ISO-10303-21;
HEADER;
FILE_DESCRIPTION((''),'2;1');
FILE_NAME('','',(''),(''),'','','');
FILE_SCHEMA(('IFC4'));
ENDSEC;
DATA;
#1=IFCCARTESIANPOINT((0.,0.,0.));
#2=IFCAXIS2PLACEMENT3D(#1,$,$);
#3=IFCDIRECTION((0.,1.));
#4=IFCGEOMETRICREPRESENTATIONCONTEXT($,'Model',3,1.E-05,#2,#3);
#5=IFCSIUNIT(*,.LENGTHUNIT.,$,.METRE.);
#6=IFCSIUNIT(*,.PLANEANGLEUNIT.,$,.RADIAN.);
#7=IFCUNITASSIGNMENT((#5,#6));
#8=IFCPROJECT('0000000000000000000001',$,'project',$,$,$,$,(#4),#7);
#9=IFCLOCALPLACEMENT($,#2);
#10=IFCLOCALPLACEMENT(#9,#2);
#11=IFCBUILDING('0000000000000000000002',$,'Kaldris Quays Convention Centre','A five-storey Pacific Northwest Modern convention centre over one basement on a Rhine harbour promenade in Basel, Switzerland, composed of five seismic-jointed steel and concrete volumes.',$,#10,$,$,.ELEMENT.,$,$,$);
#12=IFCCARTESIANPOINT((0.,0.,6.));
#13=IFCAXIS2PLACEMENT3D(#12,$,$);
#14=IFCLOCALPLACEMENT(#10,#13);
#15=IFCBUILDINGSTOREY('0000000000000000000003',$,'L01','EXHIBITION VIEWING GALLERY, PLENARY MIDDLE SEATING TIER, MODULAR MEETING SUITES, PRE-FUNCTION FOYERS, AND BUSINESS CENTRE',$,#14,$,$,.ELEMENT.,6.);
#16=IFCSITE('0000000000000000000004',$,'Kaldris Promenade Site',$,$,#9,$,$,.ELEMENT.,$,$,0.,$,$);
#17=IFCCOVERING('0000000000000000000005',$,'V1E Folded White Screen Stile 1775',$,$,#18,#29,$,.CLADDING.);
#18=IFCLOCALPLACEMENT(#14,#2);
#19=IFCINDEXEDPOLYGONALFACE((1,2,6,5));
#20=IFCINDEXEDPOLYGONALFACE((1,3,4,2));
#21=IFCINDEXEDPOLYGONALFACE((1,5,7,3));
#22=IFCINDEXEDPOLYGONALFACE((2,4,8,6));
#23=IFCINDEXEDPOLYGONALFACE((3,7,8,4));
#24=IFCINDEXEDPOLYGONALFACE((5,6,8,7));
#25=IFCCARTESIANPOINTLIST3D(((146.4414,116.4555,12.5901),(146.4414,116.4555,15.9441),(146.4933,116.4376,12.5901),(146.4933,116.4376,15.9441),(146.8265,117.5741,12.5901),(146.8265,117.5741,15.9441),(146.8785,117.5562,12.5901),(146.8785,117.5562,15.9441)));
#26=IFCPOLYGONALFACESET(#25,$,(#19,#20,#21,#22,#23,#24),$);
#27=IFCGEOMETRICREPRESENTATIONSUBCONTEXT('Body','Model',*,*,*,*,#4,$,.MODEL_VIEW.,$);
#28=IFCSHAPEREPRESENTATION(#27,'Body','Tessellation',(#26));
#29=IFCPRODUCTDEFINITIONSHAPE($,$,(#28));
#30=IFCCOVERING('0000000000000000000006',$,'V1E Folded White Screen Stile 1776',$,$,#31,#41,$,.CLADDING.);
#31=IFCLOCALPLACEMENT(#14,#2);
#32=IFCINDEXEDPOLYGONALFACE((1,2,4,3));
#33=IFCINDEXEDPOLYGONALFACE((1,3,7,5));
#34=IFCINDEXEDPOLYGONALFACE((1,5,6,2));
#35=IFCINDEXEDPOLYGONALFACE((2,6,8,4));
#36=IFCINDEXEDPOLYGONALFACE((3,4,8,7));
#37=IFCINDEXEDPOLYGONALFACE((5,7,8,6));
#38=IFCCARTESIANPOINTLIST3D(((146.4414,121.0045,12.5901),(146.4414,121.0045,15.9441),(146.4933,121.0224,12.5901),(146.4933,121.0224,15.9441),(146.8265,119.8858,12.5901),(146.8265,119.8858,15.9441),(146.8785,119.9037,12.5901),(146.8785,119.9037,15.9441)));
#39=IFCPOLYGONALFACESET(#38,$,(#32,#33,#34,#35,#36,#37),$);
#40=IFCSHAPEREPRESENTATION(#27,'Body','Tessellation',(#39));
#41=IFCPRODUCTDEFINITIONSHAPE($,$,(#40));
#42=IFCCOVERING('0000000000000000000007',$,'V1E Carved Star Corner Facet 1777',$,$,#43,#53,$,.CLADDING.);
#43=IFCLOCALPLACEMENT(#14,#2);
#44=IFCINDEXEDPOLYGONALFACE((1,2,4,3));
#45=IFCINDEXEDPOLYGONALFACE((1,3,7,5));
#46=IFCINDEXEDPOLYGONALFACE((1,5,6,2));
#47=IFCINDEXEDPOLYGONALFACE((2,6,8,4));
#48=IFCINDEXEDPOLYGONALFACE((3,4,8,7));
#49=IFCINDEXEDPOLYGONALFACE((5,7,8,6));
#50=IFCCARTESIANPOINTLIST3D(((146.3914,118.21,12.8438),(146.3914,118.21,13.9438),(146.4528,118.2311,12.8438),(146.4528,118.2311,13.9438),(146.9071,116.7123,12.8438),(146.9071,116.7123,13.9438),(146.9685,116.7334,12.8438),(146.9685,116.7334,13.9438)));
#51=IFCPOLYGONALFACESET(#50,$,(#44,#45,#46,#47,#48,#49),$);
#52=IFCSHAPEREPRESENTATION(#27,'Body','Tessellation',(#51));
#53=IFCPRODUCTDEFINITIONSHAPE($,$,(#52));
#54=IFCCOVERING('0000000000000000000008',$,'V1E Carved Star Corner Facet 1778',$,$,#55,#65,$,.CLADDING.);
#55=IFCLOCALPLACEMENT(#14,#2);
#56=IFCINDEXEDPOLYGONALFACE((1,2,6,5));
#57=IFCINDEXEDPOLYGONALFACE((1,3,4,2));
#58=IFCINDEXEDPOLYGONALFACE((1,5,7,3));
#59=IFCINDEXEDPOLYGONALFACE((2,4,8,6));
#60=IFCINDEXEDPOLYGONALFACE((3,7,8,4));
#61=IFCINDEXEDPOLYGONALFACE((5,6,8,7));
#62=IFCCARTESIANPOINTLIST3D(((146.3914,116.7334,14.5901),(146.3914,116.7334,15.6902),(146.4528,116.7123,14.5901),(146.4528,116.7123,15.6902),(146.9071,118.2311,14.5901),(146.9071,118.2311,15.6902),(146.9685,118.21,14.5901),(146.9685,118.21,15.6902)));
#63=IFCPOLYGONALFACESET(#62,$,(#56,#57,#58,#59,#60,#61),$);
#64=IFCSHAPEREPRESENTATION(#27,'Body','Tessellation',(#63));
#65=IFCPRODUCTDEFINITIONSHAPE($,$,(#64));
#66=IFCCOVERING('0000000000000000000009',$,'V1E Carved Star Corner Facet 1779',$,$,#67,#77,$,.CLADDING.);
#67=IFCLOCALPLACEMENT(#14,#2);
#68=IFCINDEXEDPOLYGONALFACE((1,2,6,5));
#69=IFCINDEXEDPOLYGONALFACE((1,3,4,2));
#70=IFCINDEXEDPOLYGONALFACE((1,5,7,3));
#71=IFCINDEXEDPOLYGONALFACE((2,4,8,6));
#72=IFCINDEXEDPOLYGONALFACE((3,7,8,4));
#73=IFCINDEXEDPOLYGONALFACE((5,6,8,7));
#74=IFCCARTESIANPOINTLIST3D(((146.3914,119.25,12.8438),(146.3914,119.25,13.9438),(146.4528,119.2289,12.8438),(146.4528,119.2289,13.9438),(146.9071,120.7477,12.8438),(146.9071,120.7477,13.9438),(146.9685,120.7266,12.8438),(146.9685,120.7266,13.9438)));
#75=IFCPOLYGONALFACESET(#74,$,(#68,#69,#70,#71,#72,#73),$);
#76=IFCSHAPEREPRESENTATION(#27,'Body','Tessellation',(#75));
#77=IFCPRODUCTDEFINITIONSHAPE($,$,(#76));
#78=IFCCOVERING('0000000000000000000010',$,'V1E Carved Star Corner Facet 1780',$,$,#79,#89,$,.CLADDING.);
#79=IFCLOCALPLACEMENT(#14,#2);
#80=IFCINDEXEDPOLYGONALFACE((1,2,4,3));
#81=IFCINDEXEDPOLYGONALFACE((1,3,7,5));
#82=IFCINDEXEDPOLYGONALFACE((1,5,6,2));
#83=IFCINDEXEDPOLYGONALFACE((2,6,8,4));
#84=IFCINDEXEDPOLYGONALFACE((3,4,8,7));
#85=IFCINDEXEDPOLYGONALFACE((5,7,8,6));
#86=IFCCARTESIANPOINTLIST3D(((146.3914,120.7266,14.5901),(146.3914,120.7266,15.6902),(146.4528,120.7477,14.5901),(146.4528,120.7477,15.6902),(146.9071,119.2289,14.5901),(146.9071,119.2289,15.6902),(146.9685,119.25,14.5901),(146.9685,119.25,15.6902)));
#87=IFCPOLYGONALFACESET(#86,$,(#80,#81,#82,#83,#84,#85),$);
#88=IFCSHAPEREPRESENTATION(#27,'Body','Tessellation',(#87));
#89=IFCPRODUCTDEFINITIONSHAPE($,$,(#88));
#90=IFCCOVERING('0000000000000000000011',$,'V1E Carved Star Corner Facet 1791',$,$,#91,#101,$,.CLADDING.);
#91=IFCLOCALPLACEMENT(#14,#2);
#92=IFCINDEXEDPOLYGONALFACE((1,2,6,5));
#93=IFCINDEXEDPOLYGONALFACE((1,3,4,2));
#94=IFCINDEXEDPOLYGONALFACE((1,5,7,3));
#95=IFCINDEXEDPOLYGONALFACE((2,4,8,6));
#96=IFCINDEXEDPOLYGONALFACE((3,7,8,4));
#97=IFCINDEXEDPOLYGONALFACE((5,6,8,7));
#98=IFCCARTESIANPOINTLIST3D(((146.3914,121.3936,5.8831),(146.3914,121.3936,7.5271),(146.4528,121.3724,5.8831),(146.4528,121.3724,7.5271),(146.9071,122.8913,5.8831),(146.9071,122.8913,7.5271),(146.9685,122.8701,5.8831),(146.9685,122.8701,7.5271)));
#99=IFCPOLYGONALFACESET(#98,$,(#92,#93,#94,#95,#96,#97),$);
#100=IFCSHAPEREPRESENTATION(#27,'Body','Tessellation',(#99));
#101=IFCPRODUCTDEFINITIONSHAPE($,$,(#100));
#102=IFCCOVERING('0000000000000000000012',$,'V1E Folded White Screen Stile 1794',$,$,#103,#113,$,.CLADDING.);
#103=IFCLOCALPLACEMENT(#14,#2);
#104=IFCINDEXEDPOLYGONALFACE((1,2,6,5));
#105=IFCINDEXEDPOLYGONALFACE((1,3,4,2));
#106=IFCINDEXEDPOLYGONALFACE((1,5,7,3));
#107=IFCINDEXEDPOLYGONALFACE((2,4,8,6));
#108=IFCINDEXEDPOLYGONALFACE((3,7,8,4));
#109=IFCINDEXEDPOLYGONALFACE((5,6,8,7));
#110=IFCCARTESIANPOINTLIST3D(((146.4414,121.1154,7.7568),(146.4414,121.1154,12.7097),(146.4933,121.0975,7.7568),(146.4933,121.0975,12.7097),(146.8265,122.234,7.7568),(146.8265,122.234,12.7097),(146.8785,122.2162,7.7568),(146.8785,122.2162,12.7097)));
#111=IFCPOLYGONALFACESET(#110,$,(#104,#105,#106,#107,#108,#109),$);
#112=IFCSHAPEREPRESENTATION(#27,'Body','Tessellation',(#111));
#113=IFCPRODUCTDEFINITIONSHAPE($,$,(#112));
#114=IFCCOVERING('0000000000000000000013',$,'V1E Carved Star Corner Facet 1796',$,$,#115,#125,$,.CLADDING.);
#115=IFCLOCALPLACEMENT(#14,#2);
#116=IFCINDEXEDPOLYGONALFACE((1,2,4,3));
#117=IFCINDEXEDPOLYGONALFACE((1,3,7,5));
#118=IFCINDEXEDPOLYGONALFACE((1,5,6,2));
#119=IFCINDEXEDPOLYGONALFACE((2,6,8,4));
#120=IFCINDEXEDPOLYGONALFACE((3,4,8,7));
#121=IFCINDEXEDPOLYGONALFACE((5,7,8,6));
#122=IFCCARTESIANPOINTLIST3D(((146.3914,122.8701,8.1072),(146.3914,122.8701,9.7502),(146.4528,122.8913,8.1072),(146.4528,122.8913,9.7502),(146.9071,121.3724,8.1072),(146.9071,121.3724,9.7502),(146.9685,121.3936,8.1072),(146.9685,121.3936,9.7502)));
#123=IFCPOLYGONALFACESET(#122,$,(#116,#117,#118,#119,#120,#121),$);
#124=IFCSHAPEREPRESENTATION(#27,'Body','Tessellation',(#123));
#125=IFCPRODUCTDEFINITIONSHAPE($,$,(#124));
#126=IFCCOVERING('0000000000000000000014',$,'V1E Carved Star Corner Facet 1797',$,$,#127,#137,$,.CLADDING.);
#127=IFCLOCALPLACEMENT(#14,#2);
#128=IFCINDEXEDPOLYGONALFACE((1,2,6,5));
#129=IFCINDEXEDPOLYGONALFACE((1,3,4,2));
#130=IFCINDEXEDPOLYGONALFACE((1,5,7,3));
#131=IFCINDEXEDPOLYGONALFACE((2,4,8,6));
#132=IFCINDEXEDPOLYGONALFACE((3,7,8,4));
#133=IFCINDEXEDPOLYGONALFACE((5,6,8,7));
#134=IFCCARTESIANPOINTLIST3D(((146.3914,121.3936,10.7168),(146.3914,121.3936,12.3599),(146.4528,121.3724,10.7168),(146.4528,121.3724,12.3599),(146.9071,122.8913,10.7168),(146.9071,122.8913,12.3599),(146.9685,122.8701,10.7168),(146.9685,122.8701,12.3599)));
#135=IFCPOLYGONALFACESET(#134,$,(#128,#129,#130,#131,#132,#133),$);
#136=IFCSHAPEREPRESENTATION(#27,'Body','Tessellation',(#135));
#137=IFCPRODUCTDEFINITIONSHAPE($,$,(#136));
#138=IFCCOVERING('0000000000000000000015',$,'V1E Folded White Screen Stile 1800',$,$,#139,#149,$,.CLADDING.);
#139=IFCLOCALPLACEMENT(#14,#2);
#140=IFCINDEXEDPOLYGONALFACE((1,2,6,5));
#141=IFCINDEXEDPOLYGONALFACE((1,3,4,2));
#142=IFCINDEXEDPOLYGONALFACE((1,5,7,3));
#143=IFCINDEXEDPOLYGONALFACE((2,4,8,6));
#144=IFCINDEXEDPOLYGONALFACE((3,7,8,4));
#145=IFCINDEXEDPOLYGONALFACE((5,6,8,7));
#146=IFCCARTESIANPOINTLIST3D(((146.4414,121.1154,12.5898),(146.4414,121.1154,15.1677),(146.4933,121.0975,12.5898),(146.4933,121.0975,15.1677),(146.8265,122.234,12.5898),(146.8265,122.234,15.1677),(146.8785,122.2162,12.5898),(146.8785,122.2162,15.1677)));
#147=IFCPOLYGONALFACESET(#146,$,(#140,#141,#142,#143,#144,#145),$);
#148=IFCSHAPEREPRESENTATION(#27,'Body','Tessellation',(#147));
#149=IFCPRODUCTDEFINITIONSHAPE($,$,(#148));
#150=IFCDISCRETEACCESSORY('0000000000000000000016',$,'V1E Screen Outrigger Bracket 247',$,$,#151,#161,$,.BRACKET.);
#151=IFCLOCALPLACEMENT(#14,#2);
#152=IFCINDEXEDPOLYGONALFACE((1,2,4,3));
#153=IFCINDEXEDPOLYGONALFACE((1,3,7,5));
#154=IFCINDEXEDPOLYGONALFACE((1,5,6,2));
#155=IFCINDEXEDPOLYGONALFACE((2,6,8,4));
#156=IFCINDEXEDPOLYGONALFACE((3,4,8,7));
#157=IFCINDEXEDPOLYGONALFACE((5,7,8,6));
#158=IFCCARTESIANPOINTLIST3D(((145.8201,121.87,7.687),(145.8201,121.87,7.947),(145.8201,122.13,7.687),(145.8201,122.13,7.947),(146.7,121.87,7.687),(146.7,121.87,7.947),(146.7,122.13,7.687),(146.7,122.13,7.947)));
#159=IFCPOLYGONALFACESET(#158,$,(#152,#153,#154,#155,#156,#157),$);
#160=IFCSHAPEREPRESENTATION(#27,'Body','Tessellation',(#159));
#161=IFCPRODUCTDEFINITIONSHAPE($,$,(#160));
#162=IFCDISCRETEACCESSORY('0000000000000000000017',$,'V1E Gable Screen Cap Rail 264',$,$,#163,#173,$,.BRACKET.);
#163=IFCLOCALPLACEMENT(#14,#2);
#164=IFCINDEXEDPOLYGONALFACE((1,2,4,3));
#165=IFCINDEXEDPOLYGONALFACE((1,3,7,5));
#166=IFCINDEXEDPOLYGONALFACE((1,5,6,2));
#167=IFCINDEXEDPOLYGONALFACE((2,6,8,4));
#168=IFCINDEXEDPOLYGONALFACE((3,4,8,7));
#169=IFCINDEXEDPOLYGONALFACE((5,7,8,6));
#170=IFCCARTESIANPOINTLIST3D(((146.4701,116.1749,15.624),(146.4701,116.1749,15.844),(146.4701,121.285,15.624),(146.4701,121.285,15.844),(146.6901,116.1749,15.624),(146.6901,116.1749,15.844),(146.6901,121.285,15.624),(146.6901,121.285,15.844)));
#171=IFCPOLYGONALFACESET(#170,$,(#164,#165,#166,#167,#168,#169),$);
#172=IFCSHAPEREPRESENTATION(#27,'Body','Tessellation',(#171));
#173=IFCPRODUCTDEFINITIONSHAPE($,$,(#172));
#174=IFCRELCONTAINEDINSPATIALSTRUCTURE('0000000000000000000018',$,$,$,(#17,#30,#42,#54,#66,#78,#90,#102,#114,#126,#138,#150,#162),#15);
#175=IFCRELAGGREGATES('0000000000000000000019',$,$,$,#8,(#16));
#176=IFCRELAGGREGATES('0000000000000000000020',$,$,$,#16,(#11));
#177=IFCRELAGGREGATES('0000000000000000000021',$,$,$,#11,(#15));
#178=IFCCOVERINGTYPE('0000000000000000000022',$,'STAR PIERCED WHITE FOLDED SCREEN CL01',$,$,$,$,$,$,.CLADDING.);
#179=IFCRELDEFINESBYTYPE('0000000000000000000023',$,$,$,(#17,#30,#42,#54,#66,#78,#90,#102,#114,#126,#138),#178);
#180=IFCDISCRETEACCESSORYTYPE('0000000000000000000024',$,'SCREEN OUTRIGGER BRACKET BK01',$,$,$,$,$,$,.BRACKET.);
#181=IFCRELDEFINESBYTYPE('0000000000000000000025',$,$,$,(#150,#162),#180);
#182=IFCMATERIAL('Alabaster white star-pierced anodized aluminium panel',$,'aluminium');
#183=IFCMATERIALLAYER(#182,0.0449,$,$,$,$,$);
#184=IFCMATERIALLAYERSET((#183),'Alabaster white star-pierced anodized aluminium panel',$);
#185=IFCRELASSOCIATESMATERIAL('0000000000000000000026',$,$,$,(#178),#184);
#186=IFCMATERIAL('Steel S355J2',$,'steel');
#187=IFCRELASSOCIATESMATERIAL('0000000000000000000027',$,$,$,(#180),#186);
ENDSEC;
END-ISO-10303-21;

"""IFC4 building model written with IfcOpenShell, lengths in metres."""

from ifc_helpers import new_model, si_unit, direction, frame, origin, origin_2d, place, context, subcontext, project, spatial, rectangle, extrude, material, layer, layer_set, type_object, element, save


model = new_model("IFC4")

# Units and contexts
model_context = context("Model", 3, precision=1e-05, world=origin(), true_north=direction((0.0, 1.0)))
body_context = subcontext(model_context, "Body", "Model", "MODEL_VIEW")
ifc_project = project(units=[si_unit("LENGTHUNIT", "METRE"), si_unit("PLANEANGLEUNIT", "RADIAN")], contexts=[model_context])

# Site, building, storey
site_placement = place(None, origin())
site = spatial("IfcSite", under=ifc_project, at=site_placement, Name="Kaldris Promenade Site", CompositionType="ELEMENT", RefElevation=0.0)
building_placement = place(site_placement, origin())
building = spatial("IfcBuilding", under=site, at=building_placement, Name="Kaldris Quays Convention Centre", Description="A five-storey Pacific Northwest Modern convention centre over one basement on a Rhine harbour promenade in Basel, Switzerland, composed of five seismic-jointed steel and concrete volumes.", CompositionType="ELEMENT")
storey_placement = place(building_placement, frame((0.0, 0.0, 6.0)))
storey = spatial("IfcBuildingStorey", under=building, at=storey_placement, Name="L01", Description="EXHIBITION VIEWING GALLERY, PLENARY MIDDLE SEATING TIER, MODULAR MEETING SUITES, PRE-FUNCTION FOYERS, AND BUSINESS CENTRE", CompositionType="ELEMENT", Elevation=6.0)

# Shared definitions
ifc_material_1 = material(Name="Steel S355J2", Category="steel")

# Coverings
ifc_material_2 = material(Name="Alabaster white star-pierced anodized aluminium panel", Category="aluminium")
ifc_layer = layer(ifc_material_2, 0.0449)
ifc_layer_set = layer_set([ifc_layer], Name="Alabaster white star-pierced anodized aluminium panel")
covering_type = type_object("IfcCoveringType", Name="STAR PIERCED WHITE FOLDED SCREEN CL01", PredefinedType="CLADDING", material=ifc_layer_set)
for number, where, z_axis, x_axis, name in (
    (1, (146.6599, 117.0059, 12.5901), (0.0, 0.0, 1.0), (0.325568, 0.945519, 0.0), "V1E Folded White Screen Stile 1775"),
    (2, (146.6599, 120.4541, 12.5901), (0.0, 0.0, 1.0), (-0.325568, 0.945519, 0.0), "V1E Folded White Screen Stile 1776"),
):
    element("IfcCovering", number, at=place(storey_placement, frame(where, z_axis=z_axis, x_axis=x_axis)), inside=storey, type_object=covering_type, Name=name, PredefinedType="CLADDING", context=body_context, shape_type="SweptSolid", body=[
        extrude(rectangle(XDim=1.1831, YDim=0.0549, at=origin_2d()), origin(), (0.0, 0.0, 1.0), 3.354),
    ])
for number, where, z_axis, x_axis, name in (
    (3, (146.6799, 117.4717, 12.8438), (0.0, 0.0, 1.0), (-0.325568, 0.945519, 0.0), "V1E Carved Star Corner Facet 1777"),
    (4, (146.6799, 117.4717, 14.5901), (0.0, 0.0, 1.0), (0.325568, 0.945519, 0.0), "V1E Carved Star Corner Facet 1778"),
    (5, (146.6799, 119.9883, 12.8438), (0.0, 0.0, 1.0), (0.325568, 0.945519, 0.0), "V1E Carved Star Corner Facet 1779"),
    (6, (146.6799, 119.9883, 14.5901), (0.0, 0.0, 1.0), (-0.325568, 0.945519, 0.0), "V1E Carved Star Corner Facet 1780"),
):
    element("IfcCovering", number, at=place(storey_placement, frame(where, z_axis=z_axis, x_axis=x_axis)), inside=storey, type_object=covering_type, Name=name, PredefinedType="CLADDING", context=body_context, shape_type="SweptSolid", body=[
        extrude(rectangle(XDim=1.584, YDim=0.0649, at=origin_2d()), origin(), (0.0, 0.0, 1.0), 1.1001),
    ])
covering_1_placement = place(storey_placement, frame((146.6799, 122.1318, 5.8831), z_axis=(0.0, 0.0, 1.0), x_axis=(0.325568, 0.945519, 0.0)))
element("IfcCovering", 7, at=covering_1_placement, inside=storey, type_object=covering_type, Name="V1E Carved Star Corner Facet 1791", PredefinedType="CLADDING", context=body_context, shape_type="SweptSolid", body=[
    extrude(rectangle(XDim=1.584, YDim=0.0649, at=origin_2d()), origin(), (0.0, 0.0, 1.0), 1.644),
])
covering_2_placement = place(storey_placement, frame((146.6599, 121.6658, 7.7568), z_axis=(0.0, 0.0, 1.0), x_axis=(0.325568, 0.945519, 0.0)))
element("IfcCovering", 8, at=covering_2_placement, inside=storey, type_object=covering_type, Name="V1E Folded White Screen Stile 1794", PredefinedType="CLADDING", context=body_context, shape_type="SweptSolid", body=[
    extrude(rectangle(XDim=1.1831, YDim=0.0549, at=origin_2d()), origin(), (0.0, 0.0, 1.0), 4.9529),
])
for number, where, z_axis, x_axis, name in (
    (9, (146.6799, 122.1318, 8.1072), (0.0, 0.0, 1.0), (-0.325568, 0.945519, 0.0), "V1E Carved Star Corner Facet 1796"),
    (10, (146.6799, 122.1318, 10.7168), (0.0, 0.0, 1.0), (0.325568, 0.945519, 0.0), "V1E Carved Star Corner Facet 1797"),
):
    element("IfcCovering", number, at=place(storey_placement, frame(where, z_axis=z_axis, x_axis=x_axis)), inside=storey, type_object=covering_type, Name=name, PredefinedType="CLADDING", context=body_context, shape_type="SweptSolid", body=[
        extrude(rectangle(XDim=1.584, YDim=0.0649, at=origin_2d()), origin(), (0.0, 0.0, 1.0), 1.6431),
    ])
covering_3_placement = place(storey_placement, frame((146.6599, 121.6658, 12.5898), z_axis=(0.0, 0.0, 1.0), x_axis=(0.325568, 0.945519, 0.0)))
element("IfcCovering", 11, at=covering_3_placement, inside=storey, type_object=covering_type, Name="V1E Folded White Screen Stile 1800", PredefinedType="CLADDING", context=body_context, shape_type="SweptSolid", body=[
    extrude(rectangle(XDim=1.1831, YDim=0.0549, at=origin_2d()), origin(), (0.0, 0.0, 1.0), 2.5779),
])

# Discrete accessories
discrete_accessory_type = type_object("IfcDiscreteAccessoryType", Name="SCREEN OUTRIGGER BRACKET BK01", PredefinedType="BRACKET", material=ifc_material_1)
discrete_accessory_1_placement = place(storey_placement, frame((146.26, 122.0, 7.687), z_axis=(0.0, 0.0, 1.0), x_axis=(0.0, 1.0, 0.0)))
element("IfcDiscreteAccessory", 12, at=discrete_accessory_1_placement, inside=storey, type_object=discrete_accessory_type, Name="V1E Screen Outrigger Bracket 247", PredefinedType="BRACKET", context=body_context, shape_type="SweptSolid", body=[
    extrude(rectangle(XDim=0.26, YDim=0.8799, at=origin_2d()), origin(), (0.0, 0.0, 1.0), 0.26),
])
discrete_accessory_2_placement = place(storey_placement, frame((146.5801, 118.73, 15.624), z_axis=(0.0, 0.0, 1.0), x_axis=(0.0, 1.0, 0.0)))
element("IfcDiscreteAccessory", 13, at=discrete_accessory_2_placement, inside=storey, type_object=discrete_accessory_type, Name="V1E Gable Screen Cap Rail 264", PredefinedType="BRACKET", context=body_context, shape_type="SweptSolid", body=[
    extrude(rectangle(XDim=5.1101, YDim=0.22, at=origin_2d()), origin(), (0.0, 0.0, 1.0), 0.22),
])

save(model, "model.ifc")
